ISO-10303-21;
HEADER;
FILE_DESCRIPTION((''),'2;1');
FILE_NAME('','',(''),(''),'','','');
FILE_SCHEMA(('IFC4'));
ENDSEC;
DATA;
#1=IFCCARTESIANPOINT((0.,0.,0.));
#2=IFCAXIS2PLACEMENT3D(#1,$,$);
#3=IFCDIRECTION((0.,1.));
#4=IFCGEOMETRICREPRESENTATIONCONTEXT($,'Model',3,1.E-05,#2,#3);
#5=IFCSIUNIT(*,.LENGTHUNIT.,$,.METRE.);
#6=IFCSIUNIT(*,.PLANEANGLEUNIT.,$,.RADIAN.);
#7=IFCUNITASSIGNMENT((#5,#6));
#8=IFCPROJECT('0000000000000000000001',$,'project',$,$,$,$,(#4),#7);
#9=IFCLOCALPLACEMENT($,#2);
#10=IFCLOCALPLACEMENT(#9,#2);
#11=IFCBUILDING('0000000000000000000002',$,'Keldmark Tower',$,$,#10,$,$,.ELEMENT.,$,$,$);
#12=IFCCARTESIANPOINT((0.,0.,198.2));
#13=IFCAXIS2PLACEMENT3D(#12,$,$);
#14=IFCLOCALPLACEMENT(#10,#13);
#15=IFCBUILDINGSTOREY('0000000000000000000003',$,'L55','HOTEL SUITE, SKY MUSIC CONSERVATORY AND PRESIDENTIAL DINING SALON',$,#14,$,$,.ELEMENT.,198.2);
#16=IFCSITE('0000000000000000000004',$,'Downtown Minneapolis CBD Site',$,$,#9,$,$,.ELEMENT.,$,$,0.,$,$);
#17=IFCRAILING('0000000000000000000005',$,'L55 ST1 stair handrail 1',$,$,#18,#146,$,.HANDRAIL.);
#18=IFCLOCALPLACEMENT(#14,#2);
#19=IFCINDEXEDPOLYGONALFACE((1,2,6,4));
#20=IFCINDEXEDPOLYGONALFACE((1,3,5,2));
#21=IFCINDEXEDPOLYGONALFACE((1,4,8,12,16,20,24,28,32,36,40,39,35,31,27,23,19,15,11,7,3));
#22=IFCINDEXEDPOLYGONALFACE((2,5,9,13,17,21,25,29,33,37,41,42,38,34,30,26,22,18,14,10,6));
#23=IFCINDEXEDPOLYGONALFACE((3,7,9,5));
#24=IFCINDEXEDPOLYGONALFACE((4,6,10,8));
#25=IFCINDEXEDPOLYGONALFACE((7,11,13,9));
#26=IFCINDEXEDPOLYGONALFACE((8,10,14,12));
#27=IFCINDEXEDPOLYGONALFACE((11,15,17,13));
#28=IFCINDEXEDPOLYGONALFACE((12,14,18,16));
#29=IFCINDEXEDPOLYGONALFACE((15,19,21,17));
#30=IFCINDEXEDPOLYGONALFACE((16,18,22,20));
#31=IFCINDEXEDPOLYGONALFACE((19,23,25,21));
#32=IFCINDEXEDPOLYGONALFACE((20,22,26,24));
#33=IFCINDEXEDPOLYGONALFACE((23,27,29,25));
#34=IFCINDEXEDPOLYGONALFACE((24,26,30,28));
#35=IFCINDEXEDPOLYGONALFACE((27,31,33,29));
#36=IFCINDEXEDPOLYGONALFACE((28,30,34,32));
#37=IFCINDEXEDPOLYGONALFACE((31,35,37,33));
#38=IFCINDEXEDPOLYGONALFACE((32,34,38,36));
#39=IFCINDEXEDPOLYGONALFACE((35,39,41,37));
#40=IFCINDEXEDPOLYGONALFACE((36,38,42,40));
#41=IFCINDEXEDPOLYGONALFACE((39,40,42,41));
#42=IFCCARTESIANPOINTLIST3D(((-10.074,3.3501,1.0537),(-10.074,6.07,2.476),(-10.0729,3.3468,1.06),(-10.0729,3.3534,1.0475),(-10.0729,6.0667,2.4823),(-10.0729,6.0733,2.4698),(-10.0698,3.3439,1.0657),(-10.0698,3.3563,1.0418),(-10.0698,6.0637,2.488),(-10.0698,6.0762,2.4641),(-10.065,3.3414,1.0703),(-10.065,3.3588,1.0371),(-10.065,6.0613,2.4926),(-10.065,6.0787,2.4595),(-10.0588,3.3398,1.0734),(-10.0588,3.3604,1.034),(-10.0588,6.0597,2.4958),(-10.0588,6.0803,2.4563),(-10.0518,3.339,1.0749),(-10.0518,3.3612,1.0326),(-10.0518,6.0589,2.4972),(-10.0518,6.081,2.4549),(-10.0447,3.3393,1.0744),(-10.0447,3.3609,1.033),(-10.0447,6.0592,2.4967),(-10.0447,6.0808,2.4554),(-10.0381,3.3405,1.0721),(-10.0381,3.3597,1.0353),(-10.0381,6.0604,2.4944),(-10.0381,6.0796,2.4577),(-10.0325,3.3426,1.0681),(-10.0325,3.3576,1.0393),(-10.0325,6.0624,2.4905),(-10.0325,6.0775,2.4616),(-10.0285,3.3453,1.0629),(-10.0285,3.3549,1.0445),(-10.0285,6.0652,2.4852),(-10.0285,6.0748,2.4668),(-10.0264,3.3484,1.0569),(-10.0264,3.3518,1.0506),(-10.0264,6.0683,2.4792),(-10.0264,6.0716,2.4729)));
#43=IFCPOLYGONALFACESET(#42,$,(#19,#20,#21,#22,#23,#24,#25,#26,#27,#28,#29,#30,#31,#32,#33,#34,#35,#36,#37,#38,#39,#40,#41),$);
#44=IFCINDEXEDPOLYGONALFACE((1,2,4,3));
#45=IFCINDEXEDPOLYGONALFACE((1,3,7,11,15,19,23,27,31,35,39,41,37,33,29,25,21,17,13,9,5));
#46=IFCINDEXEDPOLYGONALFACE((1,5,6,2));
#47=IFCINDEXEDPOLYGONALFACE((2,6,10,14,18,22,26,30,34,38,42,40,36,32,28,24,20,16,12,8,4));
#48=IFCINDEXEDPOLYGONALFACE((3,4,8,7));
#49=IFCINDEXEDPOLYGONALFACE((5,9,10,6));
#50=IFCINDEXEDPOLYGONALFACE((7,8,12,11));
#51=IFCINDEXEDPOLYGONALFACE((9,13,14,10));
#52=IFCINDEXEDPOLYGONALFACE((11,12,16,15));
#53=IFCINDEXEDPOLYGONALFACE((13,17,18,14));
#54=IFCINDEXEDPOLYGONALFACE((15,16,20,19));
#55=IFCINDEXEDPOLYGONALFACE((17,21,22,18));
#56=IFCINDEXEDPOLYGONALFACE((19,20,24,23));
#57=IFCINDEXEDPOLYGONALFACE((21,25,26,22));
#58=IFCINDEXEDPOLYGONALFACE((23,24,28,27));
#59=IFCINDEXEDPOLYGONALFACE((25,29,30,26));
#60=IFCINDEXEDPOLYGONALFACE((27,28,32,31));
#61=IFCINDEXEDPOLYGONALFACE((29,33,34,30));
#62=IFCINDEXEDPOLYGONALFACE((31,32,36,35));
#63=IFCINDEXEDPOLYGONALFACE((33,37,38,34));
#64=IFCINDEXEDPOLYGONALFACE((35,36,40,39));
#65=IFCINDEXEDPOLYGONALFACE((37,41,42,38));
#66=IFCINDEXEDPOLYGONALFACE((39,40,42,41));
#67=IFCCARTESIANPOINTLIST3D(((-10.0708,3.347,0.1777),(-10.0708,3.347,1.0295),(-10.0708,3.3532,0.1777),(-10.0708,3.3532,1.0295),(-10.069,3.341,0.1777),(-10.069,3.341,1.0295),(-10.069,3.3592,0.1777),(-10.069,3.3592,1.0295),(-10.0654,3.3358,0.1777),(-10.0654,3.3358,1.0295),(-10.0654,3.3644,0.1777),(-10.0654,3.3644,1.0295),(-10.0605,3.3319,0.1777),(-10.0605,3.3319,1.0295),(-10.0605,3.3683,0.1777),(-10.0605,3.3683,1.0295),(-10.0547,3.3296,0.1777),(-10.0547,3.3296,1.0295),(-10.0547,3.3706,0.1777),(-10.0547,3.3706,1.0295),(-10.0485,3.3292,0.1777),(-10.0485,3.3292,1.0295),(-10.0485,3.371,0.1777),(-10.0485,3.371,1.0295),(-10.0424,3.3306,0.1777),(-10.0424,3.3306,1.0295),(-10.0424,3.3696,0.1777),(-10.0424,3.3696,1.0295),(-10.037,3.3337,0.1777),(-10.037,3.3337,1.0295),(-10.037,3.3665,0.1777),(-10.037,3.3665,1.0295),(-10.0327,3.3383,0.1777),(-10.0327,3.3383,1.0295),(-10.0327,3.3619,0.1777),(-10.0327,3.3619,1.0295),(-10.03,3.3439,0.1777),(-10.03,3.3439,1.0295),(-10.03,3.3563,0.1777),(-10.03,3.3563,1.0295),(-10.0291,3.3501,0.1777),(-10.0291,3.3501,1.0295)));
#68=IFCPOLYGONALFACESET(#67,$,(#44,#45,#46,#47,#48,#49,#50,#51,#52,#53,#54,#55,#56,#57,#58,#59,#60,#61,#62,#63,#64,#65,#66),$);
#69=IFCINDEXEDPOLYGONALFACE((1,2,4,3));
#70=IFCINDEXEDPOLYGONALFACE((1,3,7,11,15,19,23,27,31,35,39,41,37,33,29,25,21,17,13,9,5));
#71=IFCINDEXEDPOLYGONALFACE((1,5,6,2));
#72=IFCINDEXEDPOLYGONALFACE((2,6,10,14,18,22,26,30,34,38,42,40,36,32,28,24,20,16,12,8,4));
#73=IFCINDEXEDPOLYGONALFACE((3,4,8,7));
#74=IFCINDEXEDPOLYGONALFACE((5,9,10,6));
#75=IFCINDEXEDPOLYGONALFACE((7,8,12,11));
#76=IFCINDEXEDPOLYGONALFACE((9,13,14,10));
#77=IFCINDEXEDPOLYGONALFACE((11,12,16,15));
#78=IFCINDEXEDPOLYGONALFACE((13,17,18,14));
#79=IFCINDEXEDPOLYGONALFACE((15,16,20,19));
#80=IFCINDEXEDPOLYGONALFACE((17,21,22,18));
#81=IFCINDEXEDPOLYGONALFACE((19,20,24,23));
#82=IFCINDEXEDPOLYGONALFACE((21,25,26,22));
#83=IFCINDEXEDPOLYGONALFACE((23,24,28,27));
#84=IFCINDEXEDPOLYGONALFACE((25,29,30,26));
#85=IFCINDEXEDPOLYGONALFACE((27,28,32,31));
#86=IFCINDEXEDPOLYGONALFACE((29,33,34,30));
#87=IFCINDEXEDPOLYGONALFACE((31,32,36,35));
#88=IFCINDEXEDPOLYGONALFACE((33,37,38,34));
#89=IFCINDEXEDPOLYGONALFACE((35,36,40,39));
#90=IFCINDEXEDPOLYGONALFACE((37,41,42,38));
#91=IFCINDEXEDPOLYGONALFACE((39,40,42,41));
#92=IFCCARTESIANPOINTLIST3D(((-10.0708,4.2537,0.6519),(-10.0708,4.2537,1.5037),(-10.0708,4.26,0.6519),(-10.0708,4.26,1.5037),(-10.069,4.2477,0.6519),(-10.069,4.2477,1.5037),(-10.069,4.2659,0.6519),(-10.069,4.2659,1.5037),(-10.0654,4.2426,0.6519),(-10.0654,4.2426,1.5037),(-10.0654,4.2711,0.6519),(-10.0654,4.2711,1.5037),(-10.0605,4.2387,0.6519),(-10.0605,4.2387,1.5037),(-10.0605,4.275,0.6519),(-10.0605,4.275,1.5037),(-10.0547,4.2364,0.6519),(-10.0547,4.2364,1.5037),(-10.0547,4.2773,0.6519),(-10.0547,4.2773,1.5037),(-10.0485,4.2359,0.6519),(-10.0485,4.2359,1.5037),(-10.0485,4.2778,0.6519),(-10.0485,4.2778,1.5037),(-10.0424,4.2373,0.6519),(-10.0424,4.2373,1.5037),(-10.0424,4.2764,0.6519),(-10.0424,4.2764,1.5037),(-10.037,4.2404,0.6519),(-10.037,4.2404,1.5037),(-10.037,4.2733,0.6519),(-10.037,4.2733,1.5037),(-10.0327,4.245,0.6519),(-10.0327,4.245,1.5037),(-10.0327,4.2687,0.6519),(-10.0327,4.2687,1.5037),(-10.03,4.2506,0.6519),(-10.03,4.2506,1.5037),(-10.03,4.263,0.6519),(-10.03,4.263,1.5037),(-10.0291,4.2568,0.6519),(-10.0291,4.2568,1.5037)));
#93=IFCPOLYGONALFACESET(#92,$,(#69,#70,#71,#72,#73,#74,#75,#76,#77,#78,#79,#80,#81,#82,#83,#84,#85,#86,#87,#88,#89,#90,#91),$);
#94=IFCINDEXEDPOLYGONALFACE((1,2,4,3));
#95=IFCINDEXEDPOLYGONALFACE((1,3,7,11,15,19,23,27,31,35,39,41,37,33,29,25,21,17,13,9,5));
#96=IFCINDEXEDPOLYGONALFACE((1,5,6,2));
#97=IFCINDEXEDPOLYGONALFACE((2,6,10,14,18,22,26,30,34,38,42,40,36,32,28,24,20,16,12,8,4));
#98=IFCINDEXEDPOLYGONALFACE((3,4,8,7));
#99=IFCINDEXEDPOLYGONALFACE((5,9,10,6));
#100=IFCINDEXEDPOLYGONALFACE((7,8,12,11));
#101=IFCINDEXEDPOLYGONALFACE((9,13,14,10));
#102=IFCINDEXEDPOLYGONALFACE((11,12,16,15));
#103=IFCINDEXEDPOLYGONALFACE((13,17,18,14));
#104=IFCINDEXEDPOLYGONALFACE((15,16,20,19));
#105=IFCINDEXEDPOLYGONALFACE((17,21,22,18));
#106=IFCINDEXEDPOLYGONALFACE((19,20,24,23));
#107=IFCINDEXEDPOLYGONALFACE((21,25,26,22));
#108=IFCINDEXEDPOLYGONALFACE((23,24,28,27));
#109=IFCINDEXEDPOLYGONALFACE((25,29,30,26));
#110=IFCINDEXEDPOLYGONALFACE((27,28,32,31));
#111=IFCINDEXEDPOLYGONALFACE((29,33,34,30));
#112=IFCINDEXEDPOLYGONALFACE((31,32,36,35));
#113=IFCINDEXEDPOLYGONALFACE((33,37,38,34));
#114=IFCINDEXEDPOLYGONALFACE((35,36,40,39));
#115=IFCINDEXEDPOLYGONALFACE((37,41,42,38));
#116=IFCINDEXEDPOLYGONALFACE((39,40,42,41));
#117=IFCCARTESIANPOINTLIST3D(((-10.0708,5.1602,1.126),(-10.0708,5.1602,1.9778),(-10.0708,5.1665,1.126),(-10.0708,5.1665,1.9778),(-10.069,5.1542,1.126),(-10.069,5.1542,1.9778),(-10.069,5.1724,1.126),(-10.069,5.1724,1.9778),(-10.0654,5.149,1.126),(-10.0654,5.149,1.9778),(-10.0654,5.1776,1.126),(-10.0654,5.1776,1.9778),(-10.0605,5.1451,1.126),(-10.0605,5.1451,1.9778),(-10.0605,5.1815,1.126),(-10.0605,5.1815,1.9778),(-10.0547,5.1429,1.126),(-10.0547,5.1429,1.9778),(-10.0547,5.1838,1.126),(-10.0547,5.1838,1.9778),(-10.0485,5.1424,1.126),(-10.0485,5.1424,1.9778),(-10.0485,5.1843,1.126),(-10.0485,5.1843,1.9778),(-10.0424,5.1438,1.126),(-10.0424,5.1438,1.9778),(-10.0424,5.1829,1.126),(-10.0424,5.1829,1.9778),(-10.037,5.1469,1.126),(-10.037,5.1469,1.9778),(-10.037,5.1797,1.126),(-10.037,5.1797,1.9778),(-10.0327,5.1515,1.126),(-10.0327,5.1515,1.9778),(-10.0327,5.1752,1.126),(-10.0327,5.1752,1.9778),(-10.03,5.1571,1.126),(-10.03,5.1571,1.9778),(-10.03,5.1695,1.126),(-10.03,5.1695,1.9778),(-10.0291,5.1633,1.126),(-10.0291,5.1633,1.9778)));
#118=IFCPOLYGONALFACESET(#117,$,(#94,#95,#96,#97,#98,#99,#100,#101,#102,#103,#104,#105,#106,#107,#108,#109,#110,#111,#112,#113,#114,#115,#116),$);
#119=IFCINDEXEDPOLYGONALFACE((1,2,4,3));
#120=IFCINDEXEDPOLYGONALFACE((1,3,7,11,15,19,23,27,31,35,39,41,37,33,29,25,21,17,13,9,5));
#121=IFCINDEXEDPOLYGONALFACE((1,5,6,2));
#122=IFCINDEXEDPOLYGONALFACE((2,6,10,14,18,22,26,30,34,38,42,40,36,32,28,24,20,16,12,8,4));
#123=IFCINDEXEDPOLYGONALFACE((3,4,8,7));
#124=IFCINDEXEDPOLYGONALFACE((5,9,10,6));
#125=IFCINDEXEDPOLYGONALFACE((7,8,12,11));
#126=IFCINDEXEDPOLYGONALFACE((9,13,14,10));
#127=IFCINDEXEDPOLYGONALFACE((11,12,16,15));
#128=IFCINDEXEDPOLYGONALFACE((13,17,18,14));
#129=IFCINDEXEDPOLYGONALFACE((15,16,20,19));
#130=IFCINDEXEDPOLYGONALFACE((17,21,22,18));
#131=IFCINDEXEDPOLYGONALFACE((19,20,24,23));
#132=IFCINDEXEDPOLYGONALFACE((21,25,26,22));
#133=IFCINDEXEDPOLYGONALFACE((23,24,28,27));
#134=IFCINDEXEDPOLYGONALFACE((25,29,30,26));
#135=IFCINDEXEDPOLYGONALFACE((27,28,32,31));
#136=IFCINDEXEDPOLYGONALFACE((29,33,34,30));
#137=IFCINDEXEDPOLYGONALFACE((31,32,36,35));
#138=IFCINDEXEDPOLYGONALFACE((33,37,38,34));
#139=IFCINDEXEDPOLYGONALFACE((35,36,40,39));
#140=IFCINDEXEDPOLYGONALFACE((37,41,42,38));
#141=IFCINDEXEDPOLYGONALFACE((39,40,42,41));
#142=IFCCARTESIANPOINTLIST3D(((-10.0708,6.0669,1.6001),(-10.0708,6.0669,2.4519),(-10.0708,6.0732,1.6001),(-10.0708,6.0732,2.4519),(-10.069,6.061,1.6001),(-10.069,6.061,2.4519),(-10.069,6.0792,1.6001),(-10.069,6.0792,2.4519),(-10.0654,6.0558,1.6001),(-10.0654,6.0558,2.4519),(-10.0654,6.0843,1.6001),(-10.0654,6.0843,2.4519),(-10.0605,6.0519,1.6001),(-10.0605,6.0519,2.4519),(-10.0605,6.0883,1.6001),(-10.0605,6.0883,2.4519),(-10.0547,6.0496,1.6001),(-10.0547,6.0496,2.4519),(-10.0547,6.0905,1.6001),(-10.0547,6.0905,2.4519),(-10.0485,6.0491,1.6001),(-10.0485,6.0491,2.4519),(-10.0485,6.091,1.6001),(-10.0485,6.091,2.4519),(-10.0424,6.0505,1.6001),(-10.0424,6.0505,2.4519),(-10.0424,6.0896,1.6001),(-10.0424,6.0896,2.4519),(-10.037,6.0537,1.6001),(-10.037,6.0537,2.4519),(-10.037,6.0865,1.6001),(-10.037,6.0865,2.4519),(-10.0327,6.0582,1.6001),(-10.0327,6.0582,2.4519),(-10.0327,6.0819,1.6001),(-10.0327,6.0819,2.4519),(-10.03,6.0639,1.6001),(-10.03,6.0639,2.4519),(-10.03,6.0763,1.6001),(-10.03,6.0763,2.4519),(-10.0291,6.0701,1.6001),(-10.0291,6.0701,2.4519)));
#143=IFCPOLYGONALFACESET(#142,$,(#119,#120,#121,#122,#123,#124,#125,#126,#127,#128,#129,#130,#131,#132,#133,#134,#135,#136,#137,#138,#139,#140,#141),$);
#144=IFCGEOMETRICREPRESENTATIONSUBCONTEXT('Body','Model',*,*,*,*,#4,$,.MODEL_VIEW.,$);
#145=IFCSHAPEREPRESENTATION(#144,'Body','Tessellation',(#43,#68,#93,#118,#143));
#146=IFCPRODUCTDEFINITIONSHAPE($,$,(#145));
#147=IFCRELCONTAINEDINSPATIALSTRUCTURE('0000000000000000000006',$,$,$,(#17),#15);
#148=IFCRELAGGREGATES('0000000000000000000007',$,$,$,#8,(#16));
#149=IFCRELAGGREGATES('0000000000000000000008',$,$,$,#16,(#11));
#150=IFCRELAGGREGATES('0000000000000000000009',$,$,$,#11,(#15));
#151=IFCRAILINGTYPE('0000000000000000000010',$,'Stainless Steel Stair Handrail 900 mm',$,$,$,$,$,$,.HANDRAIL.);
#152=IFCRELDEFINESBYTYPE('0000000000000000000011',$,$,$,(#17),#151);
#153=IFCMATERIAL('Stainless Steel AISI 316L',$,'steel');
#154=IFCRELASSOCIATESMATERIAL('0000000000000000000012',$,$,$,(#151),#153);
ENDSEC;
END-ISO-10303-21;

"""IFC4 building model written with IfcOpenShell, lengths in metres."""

from ifc_helpers import new_model, si_unit, direction, frame, origin, origin_2d, place, context, subcontext, project, spatial, circle, extrude, material, type_object, element, save


model = new_model("IFC4")

# Units and contexts
model_context = context("Model", 3, precision=1e-05, world=origin(), true_north=direction((0.0, 1.0)))
body_context = subcontext(model_context, "Body", "Model", "MODEL_VIEW")
ifc_project = project(units=[si_unit("LENGTHUNIT", "METRE"), si_unit("PLANEANGLEUNIT", "RADIAN")], contexts=[model_context])

# Site, building, storey
site_placement = place(None, origin())
site = spatial("IfcSite", under=ifc_project, at=site_placement, Name="Downtown Minneapolis CBD Site", CompositionType="ELEMENT", RefElevation=0.0)
building_placement = place(site_placement, origin())
building = spatial("IfcBuilding", under=site, at=building_placement, Name="Keldmark Tower", CompositionType="ELEMENT")
storey_placement = place(building_placement, frame((0.0, 0.0, 198.2)))
storey = spatial("IfcBuildingStorey", under=building, at=storey_placement, Name="L55", Description="HOTEL SUITE, SKY MUSIC CONSERVATORY AND PRESIDENTIAL DINING SALON", CompositionType="ELEMENT", Elevation=198.2)

# Railing
ifc_material_1 = material(Name="Stainless Steel AISI 316L", Category="steel")
railing_type = type_object("IfcRailingType", Name="Stainless Steel Stair Handrail 900 mm", PredefinedType="HANDRAIL", material=ifc_material_1)
railing_placement = place(storey_placement, frame((-10.05, 3.3501, 0.1777)))
element("IfcRailing", 1, at=railing_placement, inside=storey, type_object=railing_type, Name="L55 ST1 stair handrail 1", PredefinedType="HANDRAIL", context=body_context, shape_type="SweptSolid", body=[
    extrude(circle(Radius=0.0239, at=origin_2d()), frame((0.0, 0.0, 0.876), z_axis=(0.0, 0.88615, 0.463398), x_axis=(-1.0, 0.0, 0.0)), (0.0, 0.0, 1.0), 3.0693),
    extrude(circle(Radius=0.021, at=origin_2d()), origin(), (0.0, 0.0, 1.0), 0.8518),
    extrude(circle(Radius=0.021, at=origin_2d()), frame((0.0, 0.9067, 0.4741)), (0.0, 0.0, 1.0), 0.8518),
    extrude(circle(Radius=0.021, at=origin_2d()), frame((0.0, 1.8132, 0.9482)), (0.0, 0.0, 1.0), 0.8518),
    extrude(circle(Radius=0.021, at=origin_2d()), frame((0.0, 2.72, 1.4224)), (0.0, 0.0, 1.0), 0.8518),
])

save(model, "model.ifc")
